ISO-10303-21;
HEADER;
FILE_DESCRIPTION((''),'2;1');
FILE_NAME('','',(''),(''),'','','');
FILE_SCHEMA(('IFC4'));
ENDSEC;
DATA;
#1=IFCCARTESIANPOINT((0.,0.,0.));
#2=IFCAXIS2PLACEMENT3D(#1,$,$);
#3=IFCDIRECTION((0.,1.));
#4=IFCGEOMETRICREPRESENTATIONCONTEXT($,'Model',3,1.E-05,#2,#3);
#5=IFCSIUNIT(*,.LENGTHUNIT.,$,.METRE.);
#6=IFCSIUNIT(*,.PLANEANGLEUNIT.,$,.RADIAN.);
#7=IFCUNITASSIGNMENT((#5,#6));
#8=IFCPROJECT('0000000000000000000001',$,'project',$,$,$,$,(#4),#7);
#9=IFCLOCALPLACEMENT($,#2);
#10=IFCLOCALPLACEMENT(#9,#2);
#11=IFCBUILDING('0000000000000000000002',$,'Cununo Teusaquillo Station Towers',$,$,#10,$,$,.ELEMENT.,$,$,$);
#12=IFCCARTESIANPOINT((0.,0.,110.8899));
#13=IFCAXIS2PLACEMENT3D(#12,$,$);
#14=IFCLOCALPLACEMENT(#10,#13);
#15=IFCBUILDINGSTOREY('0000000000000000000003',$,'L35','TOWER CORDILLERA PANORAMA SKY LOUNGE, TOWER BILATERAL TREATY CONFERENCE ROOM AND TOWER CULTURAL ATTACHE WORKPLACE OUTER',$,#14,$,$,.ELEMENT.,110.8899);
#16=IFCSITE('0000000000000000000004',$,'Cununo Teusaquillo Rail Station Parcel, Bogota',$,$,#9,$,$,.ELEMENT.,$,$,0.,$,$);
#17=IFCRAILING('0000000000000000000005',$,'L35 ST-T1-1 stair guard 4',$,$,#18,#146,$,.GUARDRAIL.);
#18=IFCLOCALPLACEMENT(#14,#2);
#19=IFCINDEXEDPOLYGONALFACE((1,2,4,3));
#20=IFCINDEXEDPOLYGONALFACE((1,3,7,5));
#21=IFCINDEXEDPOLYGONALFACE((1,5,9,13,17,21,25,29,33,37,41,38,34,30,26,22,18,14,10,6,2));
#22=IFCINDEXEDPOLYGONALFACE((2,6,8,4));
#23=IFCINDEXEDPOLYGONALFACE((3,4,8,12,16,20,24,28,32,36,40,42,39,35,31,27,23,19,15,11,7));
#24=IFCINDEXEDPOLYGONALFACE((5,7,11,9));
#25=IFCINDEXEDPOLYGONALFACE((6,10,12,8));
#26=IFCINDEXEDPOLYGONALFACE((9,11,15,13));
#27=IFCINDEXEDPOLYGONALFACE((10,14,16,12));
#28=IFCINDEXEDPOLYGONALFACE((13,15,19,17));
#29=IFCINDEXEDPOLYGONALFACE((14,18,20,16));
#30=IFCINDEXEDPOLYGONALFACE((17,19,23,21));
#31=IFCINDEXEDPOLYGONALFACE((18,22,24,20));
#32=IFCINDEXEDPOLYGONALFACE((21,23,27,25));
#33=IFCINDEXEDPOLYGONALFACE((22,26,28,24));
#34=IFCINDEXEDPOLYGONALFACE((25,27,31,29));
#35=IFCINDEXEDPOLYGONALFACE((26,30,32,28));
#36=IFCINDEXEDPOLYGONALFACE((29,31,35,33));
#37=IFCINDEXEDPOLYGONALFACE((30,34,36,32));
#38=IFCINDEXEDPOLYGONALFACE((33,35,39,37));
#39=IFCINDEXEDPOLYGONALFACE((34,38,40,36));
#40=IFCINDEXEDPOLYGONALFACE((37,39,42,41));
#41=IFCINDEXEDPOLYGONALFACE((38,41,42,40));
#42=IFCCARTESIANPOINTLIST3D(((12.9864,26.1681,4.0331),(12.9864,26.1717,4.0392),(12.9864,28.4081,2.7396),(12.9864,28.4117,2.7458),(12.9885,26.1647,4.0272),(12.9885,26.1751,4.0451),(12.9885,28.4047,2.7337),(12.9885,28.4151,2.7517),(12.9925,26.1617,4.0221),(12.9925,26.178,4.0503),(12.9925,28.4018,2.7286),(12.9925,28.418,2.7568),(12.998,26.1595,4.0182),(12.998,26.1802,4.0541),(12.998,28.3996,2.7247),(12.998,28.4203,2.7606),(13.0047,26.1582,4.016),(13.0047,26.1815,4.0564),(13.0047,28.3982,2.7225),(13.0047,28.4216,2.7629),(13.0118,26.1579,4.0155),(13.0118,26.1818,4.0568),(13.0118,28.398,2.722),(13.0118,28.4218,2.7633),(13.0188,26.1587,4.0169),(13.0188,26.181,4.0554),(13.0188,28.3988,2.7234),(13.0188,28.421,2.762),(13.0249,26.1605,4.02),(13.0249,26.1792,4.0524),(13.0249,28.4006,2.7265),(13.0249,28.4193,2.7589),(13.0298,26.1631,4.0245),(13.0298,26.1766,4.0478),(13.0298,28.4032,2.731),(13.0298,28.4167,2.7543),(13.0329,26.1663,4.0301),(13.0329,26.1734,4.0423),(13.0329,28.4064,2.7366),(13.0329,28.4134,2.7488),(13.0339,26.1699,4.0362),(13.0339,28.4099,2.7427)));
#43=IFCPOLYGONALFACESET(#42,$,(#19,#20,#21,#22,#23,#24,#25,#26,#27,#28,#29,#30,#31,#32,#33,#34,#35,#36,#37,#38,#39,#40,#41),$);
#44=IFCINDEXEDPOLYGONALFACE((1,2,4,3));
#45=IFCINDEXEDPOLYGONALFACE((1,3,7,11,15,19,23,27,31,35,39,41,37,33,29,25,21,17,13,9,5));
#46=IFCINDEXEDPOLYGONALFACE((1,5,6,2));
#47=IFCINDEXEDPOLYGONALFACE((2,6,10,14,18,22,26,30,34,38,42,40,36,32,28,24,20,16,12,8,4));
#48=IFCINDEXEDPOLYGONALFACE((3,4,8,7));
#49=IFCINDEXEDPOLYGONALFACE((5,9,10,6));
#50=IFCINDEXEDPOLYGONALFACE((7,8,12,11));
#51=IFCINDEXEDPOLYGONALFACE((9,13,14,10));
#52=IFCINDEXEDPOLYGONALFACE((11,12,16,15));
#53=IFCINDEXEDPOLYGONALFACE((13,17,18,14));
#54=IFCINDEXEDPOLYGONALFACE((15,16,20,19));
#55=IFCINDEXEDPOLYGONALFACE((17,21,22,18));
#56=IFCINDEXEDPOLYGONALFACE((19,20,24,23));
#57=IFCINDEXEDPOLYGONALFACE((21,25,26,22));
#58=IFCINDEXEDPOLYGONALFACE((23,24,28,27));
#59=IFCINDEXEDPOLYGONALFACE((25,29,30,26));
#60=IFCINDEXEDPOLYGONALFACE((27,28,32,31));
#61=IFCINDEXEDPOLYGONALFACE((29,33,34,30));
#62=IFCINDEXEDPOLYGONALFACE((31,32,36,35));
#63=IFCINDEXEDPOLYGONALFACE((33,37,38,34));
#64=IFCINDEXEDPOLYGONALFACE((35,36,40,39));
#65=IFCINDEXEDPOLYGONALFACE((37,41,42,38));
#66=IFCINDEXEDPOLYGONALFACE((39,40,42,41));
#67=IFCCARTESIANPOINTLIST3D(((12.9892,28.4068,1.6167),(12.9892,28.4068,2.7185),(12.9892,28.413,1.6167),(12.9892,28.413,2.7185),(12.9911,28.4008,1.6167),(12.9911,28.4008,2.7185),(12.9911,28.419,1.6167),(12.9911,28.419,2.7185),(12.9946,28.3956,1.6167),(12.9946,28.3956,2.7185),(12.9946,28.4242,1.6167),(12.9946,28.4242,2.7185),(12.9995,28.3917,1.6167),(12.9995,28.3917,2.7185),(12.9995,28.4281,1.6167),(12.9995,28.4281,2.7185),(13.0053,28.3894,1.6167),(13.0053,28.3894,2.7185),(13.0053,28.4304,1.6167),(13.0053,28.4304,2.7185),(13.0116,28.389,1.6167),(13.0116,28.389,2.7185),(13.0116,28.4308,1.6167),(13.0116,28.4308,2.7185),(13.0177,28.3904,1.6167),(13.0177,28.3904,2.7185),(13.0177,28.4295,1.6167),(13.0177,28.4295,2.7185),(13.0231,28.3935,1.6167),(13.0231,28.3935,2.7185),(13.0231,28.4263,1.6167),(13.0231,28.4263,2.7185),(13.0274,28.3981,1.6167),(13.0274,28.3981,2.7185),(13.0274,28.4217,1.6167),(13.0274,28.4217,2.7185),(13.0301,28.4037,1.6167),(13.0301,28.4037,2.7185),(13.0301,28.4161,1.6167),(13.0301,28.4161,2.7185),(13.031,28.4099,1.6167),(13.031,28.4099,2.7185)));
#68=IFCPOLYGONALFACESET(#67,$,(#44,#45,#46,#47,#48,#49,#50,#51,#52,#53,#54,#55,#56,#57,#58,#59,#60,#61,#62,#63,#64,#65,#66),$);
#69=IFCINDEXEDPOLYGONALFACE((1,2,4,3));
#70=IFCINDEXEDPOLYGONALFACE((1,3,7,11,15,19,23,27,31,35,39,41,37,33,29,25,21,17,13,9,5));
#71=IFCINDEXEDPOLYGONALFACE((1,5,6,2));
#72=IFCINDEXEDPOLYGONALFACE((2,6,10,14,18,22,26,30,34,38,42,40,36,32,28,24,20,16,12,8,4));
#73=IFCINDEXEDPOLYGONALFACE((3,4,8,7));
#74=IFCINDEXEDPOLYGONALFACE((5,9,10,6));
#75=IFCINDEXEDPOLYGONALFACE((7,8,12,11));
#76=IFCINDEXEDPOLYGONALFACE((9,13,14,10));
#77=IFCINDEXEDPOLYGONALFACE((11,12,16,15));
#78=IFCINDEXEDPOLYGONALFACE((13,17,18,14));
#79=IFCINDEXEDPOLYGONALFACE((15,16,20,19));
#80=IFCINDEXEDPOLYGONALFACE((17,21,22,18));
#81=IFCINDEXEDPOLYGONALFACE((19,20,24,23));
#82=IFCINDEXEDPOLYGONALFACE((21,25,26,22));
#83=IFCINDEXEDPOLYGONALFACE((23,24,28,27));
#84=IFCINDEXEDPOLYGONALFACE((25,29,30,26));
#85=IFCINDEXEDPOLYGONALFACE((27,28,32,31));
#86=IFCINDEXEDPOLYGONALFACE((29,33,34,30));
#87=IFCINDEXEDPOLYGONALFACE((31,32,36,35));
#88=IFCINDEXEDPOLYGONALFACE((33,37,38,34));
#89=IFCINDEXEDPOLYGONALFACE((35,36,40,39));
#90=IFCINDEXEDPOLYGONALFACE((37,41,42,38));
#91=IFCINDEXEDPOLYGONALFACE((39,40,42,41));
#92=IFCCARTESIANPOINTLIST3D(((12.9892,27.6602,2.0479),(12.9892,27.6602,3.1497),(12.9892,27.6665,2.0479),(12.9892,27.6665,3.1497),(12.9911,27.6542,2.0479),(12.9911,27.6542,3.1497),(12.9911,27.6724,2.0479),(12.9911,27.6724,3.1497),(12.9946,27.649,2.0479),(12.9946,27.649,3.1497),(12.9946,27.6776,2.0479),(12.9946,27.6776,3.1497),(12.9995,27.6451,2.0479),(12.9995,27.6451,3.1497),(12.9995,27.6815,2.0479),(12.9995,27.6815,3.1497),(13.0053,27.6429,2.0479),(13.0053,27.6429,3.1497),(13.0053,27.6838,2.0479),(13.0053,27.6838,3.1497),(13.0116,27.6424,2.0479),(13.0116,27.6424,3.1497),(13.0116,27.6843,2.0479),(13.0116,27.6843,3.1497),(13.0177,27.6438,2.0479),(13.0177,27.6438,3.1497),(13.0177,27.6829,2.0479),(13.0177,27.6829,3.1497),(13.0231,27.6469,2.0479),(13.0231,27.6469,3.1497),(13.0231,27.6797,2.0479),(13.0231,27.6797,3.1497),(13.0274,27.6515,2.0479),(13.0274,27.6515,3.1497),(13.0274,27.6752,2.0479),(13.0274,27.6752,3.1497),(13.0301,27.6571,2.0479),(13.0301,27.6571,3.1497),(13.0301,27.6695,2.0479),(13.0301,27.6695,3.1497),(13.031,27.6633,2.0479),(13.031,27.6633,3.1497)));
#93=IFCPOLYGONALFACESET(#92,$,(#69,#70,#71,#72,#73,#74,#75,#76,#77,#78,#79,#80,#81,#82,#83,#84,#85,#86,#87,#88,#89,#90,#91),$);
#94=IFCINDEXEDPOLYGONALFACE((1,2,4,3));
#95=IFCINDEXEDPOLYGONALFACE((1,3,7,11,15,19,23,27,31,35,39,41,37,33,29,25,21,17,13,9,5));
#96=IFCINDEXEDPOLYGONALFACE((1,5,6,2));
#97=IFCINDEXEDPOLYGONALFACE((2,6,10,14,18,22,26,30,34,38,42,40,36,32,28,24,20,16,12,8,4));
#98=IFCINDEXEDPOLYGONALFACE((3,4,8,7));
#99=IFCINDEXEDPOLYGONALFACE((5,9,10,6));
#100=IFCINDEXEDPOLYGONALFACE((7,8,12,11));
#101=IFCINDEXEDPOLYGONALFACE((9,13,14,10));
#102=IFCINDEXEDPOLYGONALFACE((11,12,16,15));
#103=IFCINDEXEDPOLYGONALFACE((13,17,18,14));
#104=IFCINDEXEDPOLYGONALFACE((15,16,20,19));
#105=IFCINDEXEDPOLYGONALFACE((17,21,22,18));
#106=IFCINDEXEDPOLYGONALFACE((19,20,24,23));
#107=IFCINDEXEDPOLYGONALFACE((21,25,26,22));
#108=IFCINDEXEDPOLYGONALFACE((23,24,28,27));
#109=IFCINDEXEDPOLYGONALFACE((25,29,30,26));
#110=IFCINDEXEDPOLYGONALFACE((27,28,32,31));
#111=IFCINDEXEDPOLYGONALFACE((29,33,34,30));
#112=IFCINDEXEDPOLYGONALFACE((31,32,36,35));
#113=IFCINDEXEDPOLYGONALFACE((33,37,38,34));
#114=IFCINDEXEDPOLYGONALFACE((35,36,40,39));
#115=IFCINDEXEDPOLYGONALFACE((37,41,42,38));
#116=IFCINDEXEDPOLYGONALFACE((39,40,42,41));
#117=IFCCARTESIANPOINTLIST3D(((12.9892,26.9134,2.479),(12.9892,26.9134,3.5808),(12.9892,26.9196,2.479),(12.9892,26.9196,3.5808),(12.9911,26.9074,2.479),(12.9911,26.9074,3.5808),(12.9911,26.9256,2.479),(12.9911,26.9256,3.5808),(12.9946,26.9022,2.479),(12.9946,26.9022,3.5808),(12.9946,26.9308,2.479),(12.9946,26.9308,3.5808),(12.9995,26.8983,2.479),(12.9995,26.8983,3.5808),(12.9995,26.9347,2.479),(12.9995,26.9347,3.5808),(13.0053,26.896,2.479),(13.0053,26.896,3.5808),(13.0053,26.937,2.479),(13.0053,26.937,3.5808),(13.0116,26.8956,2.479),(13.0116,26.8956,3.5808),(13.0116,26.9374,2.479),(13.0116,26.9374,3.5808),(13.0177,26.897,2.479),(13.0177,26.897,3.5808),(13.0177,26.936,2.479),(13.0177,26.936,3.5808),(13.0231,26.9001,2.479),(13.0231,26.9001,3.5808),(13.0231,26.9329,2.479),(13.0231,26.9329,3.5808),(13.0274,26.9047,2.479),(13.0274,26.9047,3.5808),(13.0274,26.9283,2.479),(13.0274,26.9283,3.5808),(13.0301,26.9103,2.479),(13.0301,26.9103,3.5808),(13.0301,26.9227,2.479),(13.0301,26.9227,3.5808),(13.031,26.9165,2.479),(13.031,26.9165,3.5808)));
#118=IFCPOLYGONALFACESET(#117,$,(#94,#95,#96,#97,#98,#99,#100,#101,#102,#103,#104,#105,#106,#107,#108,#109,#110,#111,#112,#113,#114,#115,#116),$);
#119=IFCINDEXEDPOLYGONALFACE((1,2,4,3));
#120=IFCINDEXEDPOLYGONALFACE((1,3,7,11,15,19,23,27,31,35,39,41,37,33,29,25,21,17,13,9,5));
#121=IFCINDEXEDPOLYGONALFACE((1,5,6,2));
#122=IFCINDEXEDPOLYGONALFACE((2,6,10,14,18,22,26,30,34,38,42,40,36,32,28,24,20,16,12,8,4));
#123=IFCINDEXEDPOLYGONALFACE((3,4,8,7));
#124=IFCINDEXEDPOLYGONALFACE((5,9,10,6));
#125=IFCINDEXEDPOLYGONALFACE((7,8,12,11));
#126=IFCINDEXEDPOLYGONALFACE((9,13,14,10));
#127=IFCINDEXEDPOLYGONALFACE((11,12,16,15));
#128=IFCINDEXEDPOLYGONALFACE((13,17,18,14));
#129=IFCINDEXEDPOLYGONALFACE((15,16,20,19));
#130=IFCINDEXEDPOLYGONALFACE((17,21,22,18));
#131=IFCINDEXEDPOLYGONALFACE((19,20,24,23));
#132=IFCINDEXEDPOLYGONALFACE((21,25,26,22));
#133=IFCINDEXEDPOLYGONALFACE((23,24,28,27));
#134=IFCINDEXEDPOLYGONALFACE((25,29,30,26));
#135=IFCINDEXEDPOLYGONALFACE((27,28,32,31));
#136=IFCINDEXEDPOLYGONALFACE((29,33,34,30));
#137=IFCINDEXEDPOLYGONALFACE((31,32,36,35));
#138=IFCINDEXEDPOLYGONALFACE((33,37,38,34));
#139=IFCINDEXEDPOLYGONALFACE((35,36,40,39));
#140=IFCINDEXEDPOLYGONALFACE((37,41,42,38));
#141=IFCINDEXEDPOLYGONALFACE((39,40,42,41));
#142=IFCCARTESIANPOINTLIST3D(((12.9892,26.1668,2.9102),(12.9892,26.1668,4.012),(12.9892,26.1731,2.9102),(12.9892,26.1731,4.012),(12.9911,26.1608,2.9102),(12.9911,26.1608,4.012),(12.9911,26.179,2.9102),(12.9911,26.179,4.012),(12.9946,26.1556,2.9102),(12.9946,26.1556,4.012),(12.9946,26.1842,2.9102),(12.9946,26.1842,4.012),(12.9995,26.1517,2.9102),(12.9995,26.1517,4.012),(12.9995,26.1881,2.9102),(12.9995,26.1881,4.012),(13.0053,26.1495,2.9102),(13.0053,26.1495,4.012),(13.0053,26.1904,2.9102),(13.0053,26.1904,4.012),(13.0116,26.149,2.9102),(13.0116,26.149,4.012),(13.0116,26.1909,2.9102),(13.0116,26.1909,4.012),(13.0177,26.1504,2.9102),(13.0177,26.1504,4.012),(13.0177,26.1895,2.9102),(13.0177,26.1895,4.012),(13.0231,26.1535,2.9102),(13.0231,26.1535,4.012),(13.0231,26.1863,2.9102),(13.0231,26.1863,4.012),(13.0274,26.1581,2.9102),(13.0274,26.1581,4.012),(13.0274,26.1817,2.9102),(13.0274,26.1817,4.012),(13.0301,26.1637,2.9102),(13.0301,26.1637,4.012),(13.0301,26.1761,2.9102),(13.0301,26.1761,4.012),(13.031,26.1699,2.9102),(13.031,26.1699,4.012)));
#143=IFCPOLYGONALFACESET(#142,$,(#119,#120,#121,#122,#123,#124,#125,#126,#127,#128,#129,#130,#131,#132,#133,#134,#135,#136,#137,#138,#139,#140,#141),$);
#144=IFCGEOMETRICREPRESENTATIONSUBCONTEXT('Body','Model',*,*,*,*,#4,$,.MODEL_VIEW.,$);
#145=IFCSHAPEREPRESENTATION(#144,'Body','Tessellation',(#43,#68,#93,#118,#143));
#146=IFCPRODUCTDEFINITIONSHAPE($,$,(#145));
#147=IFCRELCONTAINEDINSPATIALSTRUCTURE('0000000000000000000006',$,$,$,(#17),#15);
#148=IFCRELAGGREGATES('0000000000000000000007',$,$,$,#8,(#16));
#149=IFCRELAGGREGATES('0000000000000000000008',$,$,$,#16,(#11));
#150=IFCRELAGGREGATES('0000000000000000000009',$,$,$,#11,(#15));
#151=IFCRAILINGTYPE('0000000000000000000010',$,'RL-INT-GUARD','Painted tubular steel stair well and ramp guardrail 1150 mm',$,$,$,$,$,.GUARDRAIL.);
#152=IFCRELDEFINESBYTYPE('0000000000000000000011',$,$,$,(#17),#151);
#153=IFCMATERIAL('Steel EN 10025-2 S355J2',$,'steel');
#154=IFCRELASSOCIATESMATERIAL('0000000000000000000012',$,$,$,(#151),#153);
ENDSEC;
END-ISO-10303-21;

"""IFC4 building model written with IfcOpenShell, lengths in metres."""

from ifc_helpers import new_model, si_unit, direction, frame, origin, origin_2d, place, context, subcontext, project, spatial, circle, extrude, material, type_object, element, save


model = new_model("IFC4")

# Units and contexts
model_context = context("Model", 3, precision=1e-05, world=origin(), true_north=direction((0.0, 1.0)))
body_context = subcontext(model_context, "Body", "Model", "MODEL_VIEW")
ifc_project = project(units=[si_unit("LENGTHUNIT", "METRE"), si_unit("PLANEANGLEUNIT", "RADIAN")], contexts=[model_context])

# Site, building, storey
site_placement = place(None, origin())
site = spatial("IfcSite", under=ifc_project, at=site_placement, Name="Cununo Teusaquillo Rail Station Parcel, Bogota", CompositionType="ELEMENT", RefElevation=0.0)
building_placement = place(site_placement, origin())
building = spatial("IfcBuilding", under=site, at=building_placement, Name="Cununo Teusaquillo Station Towers", CompositionType="ELEMENT")
storey_placement = place(building_placement, frame((0.0, 0.0, 110.8899)))
storey = spatial("IfcBuildingStorey", under=building, at=storey_placement, Name="L35", Description="TOWER CORDILLERA PANORAMA SKY LOUNGE, TOWER BILATERAL TREATY CONFERENCE ROOM AND TOWER CULTURAL ATTACHE WORKPLACE OUTER", CompositionType="ELEMENT", Elevation=110.8899)

# Railing
ifc_material_1 = material(Name="Steel EN 10025-2 S355J2", Category="steel")
railing_type_1 = type_object("IfcRailingType", Name="RL-INT-GUARD", Description="Painted tubular steel stair well and ramp guardrail 1150 mm", PredefinedType="GUARDRAIL", material=ifc_material_1)
railing_1_placement = place(storey_placement, frame((13.01, 28.4099, 1.6167)))
element("IfcRailing", 1, at=railing_1_placement, inside=storey, type_object=railing_type_1, Name="L35 ST-T1-1 stair guard 4", PredefinedType="GUARDRAIL", context=body_context, shape_type="SweptSolid", body=[
    extrude(circle(Radius=0.0239, at=origin_2d()), frame((0.0, 0.0, 1.126), z_axis=(0.0, -0.865992, 0.500057), x_axis=(1.0, 0.0, 0.0)), (0.0, 0.0, 1.0), 2.5867),
    extrude(circle(Radius=0.021, at=origin_2d()), origin(), (0.0, 0.0, 1.0), 1.1018),
    extrude(circle(Radius=0.021, at=origin_2d()), frame((0.0, -0.7466, 0.4312)), (0.0, 0.0, 1.0), 1.1018),
    extrude(circle(Radius=0.021, at=origin_2d()), frame((0.0, -1.4934, 0.8623)), (0.0, 0.0, 1.0), 1.1018),
    extrude(circle(Radius=0.021, at=origin_2d()), frame((0.0, -2.24, 1.2935)), (0.0, 0.0, 1.0), 1.1018),
])

save(model, "model.ifc")
